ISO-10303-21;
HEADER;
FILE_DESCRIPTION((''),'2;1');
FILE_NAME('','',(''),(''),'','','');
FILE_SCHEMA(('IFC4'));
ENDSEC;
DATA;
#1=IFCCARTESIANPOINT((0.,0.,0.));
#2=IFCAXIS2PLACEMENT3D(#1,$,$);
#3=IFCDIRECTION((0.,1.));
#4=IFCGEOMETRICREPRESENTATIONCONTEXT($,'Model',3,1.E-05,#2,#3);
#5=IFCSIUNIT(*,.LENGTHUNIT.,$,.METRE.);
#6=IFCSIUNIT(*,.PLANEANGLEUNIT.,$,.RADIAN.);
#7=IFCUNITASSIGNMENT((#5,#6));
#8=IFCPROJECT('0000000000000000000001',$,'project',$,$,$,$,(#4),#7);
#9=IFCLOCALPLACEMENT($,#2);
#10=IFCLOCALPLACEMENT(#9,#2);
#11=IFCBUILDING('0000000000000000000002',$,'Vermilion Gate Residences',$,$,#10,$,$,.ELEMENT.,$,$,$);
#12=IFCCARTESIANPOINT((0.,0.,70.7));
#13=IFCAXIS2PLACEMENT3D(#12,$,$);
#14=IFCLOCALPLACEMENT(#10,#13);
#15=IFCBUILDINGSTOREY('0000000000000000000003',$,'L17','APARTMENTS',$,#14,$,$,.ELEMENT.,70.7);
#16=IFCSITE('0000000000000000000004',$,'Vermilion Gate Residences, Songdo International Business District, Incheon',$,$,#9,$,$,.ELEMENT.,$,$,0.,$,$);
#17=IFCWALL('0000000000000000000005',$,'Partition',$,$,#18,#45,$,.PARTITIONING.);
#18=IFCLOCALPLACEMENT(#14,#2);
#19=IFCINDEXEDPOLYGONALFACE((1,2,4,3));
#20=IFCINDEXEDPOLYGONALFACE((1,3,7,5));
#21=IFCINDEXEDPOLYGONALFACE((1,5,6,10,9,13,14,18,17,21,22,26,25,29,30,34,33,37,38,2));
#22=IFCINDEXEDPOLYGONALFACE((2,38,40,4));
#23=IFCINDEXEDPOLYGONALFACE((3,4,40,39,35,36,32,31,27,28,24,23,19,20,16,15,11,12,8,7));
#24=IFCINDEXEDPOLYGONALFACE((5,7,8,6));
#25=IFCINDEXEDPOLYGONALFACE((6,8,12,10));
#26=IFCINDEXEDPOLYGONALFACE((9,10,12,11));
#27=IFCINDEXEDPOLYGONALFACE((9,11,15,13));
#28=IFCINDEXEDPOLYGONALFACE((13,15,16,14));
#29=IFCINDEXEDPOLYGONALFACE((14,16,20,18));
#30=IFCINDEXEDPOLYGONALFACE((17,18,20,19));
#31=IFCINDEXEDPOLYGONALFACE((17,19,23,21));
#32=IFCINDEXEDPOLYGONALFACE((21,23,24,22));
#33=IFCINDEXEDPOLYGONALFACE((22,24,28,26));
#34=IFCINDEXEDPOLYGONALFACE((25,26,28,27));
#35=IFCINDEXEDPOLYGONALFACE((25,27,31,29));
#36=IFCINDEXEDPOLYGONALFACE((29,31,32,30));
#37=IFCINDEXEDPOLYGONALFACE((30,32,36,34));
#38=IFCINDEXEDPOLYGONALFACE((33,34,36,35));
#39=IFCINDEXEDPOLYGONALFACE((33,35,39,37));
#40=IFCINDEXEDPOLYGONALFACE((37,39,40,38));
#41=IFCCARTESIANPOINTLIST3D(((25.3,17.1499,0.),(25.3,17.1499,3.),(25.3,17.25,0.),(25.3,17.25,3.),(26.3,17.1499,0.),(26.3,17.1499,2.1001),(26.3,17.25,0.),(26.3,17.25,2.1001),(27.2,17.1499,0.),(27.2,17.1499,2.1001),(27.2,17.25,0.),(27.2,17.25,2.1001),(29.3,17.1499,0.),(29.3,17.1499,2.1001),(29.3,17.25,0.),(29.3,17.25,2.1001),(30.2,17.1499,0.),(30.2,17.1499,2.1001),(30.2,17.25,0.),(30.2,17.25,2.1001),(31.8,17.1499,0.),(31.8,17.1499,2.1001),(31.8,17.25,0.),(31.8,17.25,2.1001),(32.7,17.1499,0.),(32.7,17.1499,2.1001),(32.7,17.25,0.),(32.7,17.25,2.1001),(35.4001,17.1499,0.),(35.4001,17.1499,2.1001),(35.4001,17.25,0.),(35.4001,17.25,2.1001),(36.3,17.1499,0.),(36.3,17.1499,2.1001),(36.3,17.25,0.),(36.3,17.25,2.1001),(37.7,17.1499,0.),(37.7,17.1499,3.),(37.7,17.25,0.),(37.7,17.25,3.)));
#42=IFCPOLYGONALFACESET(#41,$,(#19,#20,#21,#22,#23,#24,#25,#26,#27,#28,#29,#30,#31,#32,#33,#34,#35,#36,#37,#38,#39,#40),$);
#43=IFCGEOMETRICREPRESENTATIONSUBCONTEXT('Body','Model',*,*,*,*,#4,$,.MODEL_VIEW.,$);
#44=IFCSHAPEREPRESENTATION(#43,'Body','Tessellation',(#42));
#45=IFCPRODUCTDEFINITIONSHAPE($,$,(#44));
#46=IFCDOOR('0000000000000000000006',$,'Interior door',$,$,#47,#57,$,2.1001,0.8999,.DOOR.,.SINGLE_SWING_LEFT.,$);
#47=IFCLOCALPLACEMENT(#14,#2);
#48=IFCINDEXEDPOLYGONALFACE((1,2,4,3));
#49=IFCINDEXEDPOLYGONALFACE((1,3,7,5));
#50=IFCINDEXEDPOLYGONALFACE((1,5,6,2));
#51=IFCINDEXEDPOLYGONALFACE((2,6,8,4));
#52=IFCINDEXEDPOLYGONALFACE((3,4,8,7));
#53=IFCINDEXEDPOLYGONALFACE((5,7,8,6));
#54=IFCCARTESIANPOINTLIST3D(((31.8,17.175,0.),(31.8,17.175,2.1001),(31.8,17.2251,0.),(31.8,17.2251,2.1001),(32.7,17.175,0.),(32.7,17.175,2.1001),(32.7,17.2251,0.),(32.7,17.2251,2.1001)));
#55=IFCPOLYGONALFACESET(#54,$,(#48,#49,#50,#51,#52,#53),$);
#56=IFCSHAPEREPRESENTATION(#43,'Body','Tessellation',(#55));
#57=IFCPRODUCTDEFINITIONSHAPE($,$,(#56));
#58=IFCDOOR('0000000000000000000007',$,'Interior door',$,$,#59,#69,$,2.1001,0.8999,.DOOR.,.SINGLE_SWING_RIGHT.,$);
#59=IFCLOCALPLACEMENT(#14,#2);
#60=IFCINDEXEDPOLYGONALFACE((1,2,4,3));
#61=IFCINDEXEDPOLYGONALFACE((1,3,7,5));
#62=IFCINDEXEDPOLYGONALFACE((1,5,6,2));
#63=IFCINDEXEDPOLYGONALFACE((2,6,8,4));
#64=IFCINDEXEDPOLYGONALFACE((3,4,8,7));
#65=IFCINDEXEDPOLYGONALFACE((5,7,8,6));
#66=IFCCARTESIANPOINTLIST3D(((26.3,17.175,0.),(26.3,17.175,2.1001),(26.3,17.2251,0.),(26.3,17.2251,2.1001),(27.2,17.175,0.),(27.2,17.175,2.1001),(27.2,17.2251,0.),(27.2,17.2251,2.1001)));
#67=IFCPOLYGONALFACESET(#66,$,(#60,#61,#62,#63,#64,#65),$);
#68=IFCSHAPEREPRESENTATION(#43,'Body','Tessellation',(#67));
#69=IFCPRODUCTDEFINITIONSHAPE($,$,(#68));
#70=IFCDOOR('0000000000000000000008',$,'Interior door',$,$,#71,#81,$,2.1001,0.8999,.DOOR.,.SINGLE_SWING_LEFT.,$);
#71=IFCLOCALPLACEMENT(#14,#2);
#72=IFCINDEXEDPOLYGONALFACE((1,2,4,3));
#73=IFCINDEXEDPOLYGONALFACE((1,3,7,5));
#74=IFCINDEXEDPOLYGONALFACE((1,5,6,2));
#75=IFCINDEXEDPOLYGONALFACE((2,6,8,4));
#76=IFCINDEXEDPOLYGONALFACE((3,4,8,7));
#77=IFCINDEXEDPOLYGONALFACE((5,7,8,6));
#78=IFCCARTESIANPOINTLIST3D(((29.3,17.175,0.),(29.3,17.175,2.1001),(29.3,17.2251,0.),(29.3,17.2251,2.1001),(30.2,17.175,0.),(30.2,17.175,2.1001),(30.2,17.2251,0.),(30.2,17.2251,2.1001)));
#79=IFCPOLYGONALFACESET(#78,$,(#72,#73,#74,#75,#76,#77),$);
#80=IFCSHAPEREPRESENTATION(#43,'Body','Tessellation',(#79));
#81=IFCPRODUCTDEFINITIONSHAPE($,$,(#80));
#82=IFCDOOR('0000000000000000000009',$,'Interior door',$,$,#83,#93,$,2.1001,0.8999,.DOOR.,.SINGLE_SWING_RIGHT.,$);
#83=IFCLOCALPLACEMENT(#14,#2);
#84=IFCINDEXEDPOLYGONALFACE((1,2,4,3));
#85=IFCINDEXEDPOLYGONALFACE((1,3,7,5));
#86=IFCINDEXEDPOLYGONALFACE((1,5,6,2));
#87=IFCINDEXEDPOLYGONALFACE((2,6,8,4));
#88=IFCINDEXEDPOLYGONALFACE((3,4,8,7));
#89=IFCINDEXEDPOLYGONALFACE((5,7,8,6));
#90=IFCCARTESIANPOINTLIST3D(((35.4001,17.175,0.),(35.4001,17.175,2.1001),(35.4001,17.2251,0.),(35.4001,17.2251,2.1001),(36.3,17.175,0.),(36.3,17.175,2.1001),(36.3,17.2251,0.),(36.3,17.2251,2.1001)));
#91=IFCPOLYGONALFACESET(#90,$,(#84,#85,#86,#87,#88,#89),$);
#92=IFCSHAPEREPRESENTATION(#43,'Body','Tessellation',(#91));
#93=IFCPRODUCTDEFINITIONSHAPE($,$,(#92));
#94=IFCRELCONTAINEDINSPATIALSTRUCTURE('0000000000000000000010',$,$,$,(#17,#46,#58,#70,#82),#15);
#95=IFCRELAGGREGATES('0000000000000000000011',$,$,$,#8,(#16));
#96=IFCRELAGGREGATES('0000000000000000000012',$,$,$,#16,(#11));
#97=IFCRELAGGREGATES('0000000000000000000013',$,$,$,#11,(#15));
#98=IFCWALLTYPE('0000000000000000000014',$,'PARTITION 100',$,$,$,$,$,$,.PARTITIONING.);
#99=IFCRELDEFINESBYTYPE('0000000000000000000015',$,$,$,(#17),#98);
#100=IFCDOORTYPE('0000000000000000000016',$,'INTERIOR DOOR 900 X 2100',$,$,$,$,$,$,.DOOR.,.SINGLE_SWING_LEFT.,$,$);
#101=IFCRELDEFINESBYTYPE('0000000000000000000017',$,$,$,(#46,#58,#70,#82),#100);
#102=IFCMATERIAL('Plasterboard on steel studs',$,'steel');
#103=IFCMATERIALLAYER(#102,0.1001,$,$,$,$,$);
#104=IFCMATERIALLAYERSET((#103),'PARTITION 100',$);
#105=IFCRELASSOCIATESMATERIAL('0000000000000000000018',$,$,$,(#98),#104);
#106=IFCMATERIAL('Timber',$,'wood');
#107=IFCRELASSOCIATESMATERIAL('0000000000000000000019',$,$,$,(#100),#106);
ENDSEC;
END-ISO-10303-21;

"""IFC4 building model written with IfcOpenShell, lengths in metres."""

from ifc_helpers import new_model, si_unit, direction, frame, frame_2d, origin, place, context, subcontext, project, spatial, rectangle, extrude, material, layer, layer_set, type_object, element, fill, save


model = new_model("IFC4")

# Units and contexts
model_context = context("Model", 3, precision=1e-05, world=origin(), true_north=direction((0.0, 1.0)))
body_context = subcontext(model_context, "Body", "Model", "MODEL_VIEW")
ifc_project = project(units=[si_unit("LENGTHUNIT", "METRE"), si_unit("PLANEANGLEUNIT", "RADIAN")], contexts=[model_context])

# Site, building, storey
site_placement = place(None, origin())
site = spatial("IfcSite", under=ifc_project, at=site_placement, Name="Vermilion Gate Residences, Songdo International Business District, Incheon", CompositionType="ELEMENT", RefElevation=0.0)
building_placement = place(site_placement, origin())
building = spatial("IfcBuilding", under=site, at=building_placement, Name="Vermilion Gate Residences", CompositionType="ELEMENT")
storey_placement = place(building_placement, frame((0.0, 0.0, 70.7)))
storey = spatial("IfcBuildingStorey", under=building, at=storey_placement, Name="L17", Description="APARTMENTS", CompositionType="ELEMENT", Elevation=70.7)

# Wall, openings, doors
ifc_material_1 = material(Name="Plasterboard on steel studs", Category="steel")
ifc_layer_1 = layer(ifc_material_1, 0.1001)
ifc_layer_set_1 = layer_set([ifc_layer_1], Name="PARTITION 100")
wall_type_1 = type_object("IfcWallType", Name="PARTITION 100", PredefinedType="PARTITIONING", material=ifc_layer_set_1)
wall_1_placement = place(storey_placement, frame((25.3, 17.2, 0.0), z_axis=(0.0, 0.0, 1.0), x_axis=(1.0, 0.0, 0.0)))
wall_1 = element("IfcWall", 1, at=wall_1_placement, inside=storey, type_object=wall_type_1, Name="Partition", PredefinedType="PARTITIONING", context=body_context, shape_type="SweptSolid", body=[
    extrude(rectangle(XDim=12.3999, YDim=0.1001, at=frame_2d((6.2, 0.0))), origin(), (0.0, 0.0, 1.0), 3.0),
])
opening_1_placement = place(wall_1_placement, frame((6.5, 0.0, 0.0)))
opening_1 = element("IfcOpeningElement", 2, at=opening_1_placement, cuts=wall_1, PredefinedType="OPENING", context=body_context, shape_type="SweptSolid", body=[
    extrude(rectangle(XDim=0.8999, YDim=2.1001, at=frame_2d((0.45, 1.05))), frame((0.0, 0.0601, 0.0), z_axis=(0.0, -1.0, 0.0), x_axis=(1.0, 0.0, 0.0)), (0.0, 0.0, 1.0), 0.1201),
])
opening_2_placement = place(wall_1_placement, frame((1.0, 0.0, 0.0)))
opening_2 = element("IfcOpeningElement", 3, at=opening_2_placement, cuts=wall_1, PredefinedType="OPENING", context=body_context, shape_type="SweptSolid", body=[
    extrude(rectangle(XDim=0.8999, YDim=2.1001, at=frame_2d((0.45, 1.05))), frame((0.0, 0.0601, 0.0), z_axis=(0.0, -1.0, 0.0), x_axis=(1.0, 0.0, 0.0)), (0.0, 0.0, 1.0), 0.1201),
])
opening_3_placement = place(wall_1_placement, frame((4.0, 0.0, 0.0)))
opening_3 = element("IfcOpeningElement", 4, at=opening_3_placement, cuts=wall_1, PredefinedType="OPENING", context=body_context, shape_type="SweptSolid", body=[
    extrude(rectangle(XDim=0.8999, YDim=2.1001, at=frame_2d((0.45, 1.05))), frame((0.0, 0.0601, 0.0), z_axis=(0.0, -1.0, 0.0), x_axis=(1.0, 0.0, 0.0)), (0.0, 0.0, 1.0), 0.1201),
])
opening_4_placement = place(wall_1_placement, frame((10.1001, 0.0, 0.0)))
opening_4 = element("IfcOpeningElement", 5, at=opening_4_placement, cuts=wall_1, PredefinedType="OPENING", context=body_context, shape_type="SweptSolid", body=[
    extrude(rectangle(XDim=0.8999, YDim=2.1001, at=frame_2d((0.45, 1.05))), frame((0.0, 0.0601, 0.0), z_axis=(0.0, -1.0, 0.0), x_axis=(1.0, 0.0, 0.0)), (0.0, 0.0, 1.0), 0.1201),
])
ifc_material_2 = material(Name="Timber", Category="wood")
door_type_1 = type_object("IfcDoorType", Name="INTERIOR DOOR 900 X 2100", OperationType="SINGLE_SWING_LEFT", PredefinedType="DOOR", material=ifc_material_2)
door_1_placement = place(opening_1_placement, frame((0.8999, 0.0, 0.0), z_axis=(0.0, 0.0, 1.0), x_axis=(-1.0, 0.0, 0.0)))
door_1 = element("IfcDoor", 6, at=door_1_placement, inside=storey, type_object=door_type_1, Name="Interior door", OperationType="SINGLE_SWING_LEFT", OverallHeight=2.1001, OverallWidth=0.8999, PredefinedType="DOOR", context=body_context, shape_type="SweptSolid", body=[
    extrude(rectangle(XDim=0.8999, YDim=2.1001, at=frame_2d((0.45, 1.05))), frame((0.0, 0.0249, 0.0), z_axis=(0.0, -1.0, 0.0), x_axis=(1.0, 0.0, 0.0)), (0.0, 0.0, 1.0), 0.05),
])
fill(opening_1, door_1)
door_2_placement = place(opening_2_placement, frame((0.8999, 0.0, 0.0), z_axis=(0.0, 0.0, 1.0), x_axis=(-1.0, 0.0, 0.0)))
door_2 = element("IfcDoor", 7, at=door_2_placement, inside=storey, type_object=door_type_1, Name="Interior door", OperationType="SINGLE_SWING_RIGHT", OverallHeight=2.1001, OverallWidth=0.8999, PredefinedType="DOOR", context=body_context, shape_type="SweptSolid", body=[
    extrude(rectangle(XDim=0.8999, YDim=2.1001, at=frame_2d((0.45, 1.05))), frame((0.0, 0.0249, 0.0), z_axis=(0.0, -1.0, 0.0), x_axis=(1.0, 0.0, 0.0)), (0.0, 0.0, 1.0), 0.05),
])
fill(opening_2, door_2)
door_3_placement = place(opening_3_placement, frame((0.8999, 0.0, 0.0), z_axis=(0.0, 0.0, 1.0), x_axis=(-1.0, 0.0, 0.0)))
door_3 = element("IfcDoor", 8, at=door_3_placement, inside=storey, type_object=door_type_1, Name="Interior door", OperationType="SINGLE_SWING_LEFT", OverallHeight=2.1001, OverallWidth=0.8999, PredefinedType="DOOR", context=body_context, shape_type="SweptSolid", body=[
    extrude(rectangle(XDim=0.8999, YDim=2.1001, at=frame_2d((0.45, 1.05))), frame((0.0, 0.0249, 0.0), z_axis=(0.0, -1.0, 0.0), x_axis=(1.0, 0.0, 0.0)), (0.0, 0.0, 1.0), 0.05),
])
fill(opening_3, door_3)
door_4_placement = place(opening_4_placement, frame((0.8999, 0.0, 0.0), z_axis=(0.0, 0.0, 1.0), x_axis=(-1.0, 0.0, 0.0)))
door_4 = element("IfcDoor", 9, at=door_4_placement, inside=storey, type_object=door_type_1, Name="Interior door", OperationType="SINGLE_SWING_RIGHT", OverallHeight=2.1001, OverallWidth=0.8999, PredefinedType="DOOR", context=body_context, shape_type="SweptSolid", body=[
    extrude(rectangle(XDim=0.8999, YDim=2.1001, at=frame_2d((0.45, 1.05))), frame((0.0, 0.0249, 0.0), z_axis=(0.0, -1.0, 0.0), x_axis=(1.0, 0.0, 0.0)), (0.0, 0.0, 1.0), 0.05),
])
fill(opening_4, door_4)

save(model, "model.ifc")
